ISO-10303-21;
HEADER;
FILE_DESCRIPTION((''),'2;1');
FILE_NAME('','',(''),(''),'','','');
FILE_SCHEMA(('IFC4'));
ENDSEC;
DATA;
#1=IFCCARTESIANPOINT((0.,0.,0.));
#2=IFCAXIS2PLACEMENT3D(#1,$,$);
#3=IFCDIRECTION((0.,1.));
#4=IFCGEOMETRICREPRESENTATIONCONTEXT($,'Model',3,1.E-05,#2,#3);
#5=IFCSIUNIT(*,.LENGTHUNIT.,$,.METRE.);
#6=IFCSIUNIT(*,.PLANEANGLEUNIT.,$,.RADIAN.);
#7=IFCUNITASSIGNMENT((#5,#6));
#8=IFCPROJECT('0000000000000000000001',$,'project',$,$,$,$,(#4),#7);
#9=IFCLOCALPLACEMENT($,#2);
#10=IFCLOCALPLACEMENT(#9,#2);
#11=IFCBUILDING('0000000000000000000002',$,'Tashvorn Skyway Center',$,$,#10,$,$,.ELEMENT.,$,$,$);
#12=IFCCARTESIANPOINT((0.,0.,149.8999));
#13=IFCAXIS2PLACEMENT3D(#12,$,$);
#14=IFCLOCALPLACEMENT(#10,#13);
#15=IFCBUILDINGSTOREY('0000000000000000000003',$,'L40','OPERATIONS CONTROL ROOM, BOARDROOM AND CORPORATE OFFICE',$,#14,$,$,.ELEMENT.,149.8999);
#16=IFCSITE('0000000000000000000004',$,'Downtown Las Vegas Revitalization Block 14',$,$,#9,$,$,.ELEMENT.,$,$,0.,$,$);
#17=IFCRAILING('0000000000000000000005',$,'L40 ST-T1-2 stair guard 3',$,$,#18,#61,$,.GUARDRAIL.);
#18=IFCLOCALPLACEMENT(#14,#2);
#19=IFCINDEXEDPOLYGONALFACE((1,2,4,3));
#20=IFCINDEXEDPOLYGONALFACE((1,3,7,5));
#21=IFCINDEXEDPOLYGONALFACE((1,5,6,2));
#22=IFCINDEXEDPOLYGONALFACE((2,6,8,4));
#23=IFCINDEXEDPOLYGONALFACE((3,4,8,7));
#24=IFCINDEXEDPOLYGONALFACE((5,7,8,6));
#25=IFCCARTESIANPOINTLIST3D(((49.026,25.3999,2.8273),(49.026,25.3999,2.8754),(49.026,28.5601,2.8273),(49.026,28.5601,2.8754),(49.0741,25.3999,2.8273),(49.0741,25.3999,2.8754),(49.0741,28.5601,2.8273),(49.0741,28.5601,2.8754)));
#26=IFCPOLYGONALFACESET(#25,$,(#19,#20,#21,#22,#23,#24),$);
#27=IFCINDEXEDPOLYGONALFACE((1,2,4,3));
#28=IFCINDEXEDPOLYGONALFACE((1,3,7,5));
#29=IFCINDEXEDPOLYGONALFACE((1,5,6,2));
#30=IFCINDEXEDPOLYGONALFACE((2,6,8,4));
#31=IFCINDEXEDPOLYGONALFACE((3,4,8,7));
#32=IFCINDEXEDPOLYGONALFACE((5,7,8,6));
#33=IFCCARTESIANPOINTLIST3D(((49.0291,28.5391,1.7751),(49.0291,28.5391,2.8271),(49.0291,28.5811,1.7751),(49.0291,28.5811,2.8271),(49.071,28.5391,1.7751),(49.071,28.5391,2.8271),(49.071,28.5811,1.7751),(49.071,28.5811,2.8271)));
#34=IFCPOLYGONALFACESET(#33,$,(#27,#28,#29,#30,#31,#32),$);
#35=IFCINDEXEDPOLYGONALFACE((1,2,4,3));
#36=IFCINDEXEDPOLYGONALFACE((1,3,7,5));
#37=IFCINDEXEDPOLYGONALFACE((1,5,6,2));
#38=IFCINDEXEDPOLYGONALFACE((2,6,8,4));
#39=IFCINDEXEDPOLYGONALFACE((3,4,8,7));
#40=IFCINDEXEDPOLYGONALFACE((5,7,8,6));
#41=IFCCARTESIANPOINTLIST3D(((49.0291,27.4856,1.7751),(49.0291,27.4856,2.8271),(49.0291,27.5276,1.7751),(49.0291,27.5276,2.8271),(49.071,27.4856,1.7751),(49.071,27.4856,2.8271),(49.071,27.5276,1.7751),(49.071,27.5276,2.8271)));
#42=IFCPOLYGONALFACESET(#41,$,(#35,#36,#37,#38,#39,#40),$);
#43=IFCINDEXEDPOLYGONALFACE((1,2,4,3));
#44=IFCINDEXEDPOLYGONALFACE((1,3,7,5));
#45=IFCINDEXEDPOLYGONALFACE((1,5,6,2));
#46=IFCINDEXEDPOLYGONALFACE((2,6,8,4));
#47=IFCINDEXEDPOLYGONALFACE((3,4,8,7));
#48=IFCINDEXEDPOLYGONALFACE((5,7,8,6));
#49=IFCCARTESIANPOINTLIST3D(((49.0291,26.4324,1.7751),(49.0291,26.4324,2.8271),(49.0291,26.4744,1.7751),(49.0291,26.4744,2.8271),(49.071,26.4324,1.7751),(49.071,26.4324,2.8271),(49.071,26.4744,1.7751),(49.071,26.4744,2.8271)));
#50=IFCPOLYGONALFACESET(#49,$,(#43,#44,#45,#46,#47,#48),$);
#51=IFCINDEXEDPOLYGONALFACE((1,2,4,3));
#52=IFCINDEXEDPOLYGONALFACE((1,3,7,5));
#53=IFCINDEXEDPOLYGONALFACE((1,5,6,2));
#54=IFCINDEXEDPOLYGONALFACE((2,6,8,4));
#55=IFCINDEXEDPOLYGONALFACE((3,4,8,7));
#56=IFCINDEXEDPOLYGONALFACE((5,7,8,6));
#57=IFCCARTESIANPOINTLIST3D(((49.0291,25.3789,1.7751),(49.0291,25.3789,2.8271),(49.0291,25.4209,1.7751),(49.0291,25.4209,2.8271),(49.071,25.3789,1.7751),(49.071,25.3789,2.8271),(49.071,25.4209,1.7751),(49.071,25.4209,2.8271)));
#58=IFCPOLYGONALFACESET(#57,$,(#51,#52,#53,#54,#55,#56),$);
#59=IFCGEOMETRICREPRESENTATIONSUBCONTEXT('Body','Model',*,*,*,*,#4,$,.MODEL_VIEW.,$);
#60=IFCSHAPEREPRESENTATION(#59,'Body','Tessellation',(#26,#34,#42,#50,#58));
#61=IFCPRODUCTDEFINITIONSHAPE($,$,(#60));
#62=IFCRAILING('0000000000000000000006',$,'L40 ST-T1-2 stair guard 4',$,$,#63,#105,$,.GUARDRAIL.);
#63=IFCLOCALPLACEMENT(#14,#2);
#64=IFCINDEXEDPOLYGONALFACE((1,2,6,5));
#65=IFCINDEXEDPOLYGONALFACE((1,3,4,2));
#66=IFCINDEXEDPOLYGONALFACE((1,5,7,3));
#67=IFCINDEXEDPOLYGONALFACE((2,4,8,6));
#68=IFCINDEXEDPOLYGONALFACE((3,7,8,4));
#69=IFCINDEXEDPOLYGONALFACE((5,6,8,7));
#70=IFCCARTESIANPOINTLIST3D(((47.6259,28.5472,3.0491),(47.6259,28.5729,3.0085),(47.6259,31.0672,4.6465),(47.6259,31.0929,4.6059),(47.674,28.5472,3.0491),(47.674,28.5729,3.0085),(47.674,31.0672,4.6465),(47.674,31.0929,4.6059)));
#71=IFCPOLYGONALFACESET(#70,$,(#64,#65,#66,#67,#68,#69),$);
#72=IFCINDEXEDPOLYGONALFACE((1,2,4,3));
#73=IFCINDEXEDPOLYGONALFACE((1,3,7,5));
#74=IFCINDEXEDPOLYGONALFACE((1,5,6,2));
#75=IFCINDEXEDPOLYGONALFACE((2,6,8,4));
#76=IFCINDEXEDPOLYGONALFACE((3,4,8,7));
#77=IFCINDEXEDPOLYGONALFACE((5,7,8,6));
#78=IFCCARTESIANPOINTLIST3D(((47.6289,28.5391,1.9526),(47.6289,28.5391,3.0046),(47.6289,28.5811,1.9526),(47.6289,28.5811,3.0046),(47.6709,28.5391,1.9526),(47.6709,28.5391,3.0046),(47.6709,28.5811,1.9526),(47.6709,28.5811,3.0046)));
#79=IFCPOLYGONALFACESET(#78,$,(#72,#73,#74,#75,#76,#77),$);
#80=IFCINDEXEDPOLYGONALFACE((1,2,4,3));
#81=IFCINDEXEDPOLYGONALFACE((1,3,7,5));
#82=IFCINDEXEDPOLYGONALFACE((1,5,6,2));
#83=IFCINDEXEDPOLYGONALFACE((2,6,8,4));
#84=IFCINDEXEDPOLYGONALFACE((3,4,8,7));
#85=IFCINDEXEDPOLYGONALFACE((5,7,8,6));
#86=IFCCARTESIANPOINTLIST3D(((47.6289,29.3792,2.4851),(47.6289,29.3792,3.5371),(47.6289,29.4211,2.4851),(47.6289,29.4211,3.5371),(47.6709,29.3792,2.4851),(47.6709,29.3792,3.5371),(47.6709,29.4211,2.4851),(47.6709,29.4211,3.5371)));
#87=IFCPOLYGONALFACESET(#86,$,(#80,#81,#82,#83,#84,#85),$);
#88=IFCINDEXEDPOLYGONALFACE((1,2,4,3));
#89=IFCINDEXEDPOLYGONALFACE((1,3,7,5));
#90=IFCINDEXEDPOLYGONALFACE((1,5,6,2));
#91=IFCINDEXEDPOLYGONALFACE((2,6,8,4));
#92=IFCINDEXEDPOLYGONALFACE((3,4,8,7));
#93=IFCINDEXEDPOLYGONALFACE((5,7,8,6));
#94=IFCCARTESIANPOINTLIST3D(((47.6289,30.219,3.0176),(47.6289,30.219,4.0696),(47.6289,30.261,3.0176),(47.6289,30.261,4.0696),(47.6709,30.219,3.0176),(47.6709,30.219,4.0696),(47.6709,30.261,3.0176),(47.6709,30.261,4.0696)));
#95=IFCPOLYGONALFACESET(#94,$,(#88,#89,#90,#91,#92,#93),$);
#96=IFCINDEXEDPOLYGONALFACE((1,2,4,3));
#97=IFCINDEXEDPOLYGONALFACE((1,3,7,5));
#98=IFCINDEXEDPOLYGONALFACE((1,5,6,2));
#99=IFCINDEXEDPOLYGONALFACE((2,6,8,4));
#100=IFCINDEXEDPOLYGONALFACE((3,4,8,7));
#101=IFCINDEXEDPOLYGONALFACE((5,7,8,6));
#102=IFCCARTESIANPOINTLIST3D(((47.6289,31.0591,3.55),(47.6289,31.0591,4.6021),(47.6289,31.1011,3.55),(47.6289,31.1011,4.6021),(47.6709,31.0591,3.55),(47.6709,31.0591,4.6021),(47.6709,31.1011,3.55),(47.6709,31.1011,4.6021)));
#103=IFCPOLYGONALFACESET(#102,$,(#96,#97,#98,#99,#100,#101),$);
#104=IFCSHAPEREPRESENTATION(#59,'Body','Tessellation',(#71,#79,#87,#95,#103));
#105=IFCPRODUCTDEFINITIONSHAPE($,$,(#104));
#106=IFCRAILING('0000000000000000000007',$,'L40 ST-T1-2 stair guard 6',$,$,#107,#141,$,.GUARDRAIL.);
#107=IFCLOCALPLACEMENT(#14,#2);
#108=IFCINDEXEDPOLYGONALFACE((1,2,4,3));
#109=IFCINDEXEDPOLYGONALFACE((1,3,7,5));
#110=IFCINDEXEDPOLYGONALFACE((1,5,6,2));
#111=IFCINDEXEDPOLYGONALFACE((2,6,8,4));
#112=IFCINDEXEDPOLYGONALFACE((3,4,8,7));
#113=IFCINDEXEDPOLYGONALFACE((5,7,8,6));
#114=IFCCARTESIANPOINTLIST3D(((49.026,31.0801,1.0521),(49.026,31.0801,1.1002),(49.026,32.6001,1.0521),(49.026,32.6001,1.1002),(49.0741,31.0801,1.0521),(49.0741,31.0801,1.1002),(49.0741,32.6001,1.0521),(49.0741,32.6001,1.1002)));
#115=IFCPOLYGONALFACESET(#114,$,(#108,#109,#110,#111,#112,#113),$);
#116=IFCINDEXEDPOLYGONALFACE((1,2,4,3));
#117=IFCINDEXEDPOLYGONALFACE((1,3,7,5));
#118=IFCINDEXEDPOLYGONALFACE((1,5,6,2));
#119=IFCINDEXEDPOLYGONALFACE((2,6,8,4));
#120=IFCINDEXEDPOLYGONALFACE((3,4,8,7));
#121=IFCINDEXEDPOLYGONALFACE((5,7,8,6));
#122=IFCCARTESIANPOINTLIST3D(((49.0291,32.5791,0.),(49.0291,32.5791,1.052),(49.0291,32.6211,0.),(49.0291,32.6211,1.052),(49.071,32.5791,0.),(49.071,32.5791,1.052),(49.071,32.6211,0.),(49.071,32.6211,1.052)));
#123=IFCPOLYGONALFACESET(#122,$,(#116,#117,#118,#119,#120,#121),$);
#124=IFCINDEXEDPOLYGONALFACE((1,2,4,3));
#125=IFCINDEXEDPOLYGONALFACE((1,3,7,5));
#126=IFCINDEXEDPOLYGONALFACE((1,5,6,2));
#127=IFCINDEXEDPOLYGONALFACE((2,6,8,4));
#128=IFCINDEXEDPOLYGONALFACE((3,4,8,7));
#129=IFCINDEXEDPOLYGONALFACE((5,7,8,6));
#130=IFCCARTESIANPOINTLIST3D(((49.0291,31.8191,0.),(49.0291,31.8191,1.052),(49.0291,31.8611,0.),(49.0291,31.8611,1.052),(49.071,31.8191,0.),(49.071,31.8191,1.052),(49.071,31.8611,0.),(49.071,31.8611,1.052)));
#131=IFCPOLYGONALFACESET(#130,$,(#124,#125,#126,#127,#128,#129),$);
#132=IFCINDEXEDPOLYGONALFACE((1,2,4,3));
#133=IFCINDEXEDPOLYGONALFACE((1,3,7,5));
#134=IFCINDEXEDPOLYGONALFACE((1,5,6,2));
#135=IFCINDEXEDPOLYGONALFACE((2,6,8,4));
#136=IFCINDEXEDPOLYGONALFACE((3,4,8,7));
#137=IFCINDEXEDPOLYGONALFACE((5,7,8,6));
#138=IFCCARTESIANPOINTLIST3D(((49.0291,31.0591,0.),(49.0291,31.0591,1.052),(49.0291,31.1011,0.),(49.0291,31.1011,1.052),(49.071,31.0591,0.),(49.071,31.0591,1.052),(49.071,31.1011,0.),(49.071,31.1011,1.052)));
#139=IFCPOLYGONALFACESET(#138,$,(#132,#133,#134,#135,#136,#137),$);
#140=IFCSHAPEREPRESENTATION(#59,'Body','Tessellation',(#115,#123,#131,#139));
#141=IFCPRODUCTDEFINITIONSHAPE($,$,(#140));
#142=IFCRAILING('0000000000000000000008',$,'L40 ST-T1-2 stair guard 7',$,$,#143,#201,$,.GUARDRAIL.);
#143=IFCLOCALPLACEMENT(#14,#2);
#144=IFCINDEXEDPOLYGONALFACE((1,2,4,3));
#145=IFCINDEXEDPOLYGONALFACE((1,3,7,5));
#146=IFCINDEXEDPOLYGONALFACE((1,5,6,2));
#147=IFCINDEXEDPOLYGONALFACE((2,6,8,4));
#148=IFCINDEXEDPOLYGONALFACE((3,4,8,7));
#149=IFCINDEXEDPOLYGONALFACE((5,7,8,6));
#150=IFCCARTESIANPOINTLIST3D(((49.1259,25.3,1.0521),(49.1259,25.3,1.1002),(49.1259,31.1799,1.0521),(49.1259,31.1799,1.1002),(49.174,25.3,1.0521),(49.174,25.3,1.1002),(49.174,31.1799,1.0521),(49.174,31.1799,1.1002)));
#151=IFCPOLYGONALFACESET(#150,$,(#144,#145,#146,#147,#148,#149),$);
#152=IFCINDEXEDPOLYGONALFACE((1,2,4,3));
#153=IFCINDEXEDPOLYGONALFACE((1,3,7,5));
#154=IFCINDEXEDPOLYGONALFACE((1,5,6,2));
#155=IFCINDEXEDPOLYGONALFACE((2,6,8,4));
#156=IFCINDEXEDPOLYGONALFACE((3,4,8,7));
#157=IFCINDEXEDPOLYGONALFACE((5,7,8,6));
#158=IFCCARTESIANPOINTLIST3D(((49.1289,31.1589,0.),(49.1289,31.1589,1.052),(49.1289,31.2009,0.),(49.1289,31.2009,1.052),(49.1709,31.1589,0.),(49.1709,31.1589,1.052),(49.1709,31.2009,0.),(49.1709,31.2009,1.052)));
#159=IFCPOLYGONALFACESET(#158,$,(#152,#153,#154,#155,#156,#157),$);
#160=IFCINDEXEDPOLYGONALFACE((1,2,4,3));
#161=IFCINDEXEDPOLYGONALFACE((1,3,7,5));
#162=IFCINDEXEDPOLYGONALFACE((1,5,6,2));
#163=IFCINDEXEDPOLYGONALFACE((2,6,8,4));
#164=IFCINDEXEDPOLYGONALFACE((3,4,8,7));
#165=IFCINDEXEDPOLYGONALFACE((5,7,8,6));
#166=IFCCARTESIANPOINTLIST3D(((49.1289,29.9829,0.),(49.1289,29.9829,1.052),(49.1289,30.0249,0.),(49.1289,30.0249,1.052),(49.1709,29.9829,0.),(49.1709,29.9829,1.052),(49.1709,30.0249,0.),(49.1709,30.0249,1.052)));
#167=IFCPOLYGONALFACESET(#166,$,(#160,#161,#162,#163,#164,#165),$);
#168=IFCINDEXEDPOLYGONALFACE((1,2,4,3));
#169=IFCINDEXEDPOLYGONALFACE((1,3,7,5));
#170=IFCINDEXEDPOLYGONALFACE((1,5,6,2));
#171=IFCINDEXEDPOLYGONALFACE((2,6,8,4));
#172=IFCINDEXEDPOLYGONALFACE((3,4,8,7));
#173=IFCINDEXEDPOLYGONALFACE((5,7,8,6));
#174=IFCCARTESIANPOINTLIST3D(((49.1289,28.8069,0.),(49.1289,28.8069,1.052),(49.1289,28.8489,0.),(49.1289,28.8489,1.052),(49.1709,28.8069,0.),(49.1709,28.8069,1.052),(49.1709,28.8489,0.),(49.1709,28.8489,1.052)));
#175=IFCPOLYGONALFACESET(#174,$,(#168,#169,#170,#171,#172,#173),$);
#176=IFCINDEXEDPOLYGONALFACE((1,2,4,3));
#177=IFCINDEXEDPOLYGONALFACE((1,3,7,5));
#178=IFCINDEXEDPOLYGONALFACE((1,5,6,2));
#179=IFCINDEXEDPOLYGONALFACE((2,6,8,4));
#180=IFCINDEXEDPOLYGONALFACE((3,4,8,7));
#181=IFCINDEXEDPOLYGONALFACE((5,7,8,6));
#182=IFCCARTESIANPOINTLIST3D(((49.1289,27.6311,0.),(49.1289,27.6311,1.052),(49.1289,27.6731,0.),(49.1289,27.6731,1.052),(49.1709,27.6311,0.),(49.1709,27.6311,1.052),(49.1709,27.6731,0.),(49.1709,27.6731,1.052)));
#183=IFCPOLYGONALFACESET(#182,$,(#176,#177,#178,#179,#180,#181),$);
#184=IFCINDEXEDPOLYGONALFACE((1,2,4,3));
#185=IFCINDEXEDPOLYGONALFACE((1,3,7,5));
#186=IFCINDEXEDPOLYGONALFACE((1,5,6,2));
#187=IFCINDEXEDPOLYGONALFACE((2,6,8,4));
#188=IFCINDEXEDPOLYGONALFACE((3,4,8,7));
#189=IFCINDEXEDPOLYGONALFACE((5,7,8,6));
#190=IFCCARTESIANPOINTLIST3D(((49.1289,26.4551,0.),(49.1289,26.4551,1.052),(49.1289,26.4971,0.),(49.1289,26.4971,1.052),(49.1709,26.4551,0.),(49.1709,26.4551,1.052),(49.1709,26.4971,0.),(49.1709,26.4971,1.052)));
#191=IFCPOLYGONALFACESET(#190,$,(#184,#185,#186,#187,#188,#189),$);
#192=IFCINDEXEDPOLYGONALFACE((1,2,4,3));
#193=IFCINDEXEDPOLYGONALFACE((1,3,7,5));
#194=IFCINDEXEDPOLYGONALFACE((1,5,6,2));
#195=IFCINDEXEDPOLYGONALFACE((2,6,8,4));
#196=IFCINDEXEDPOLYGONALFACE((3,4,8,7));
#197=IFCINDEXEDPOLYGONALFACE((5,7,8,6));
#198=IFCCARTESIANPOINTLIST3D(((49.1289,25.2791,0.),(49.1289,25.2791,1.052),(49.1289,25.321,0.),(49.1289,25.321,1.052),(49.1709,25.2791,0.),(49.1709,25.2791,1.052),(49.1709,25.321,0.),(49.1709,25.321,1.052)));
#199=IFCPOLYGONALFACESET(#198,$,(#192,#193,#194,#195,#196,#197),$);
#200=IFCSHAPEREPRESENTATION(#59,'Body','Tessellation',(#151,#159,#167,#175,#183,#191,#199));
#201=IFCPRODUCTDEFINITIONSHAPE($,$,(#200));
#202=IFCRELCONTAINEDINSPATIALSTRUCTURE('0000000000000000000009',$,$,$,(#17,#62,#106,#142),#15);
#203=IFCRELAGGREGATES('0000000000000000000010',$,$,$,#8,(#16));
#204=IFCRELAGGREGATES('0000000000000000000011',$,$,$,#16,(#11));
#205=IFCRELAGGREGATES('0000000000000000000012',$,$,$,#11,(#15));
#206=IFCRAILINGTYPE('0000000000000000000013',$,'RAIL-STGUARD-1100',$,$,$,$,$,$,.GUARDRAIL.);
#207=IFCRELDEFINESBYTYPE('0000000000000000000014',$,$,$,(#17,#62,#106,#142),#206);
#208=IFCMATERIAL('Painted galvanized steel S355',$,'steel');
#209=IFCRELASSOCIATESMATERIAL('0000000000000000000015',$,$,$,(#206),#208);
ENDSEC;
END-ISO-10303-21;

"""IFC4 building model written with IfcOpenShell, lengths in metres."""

from ifc_helpers import new_model, si_unit, direction, frame, origin, origin_2d, place, context, subcontext, project, spatial, rectangle, extrude, material, type_object, element, save


model = new_model("IFC4")

# Units and contexts
model_context = context("Model", 3, precision=1e-05, world=origin(), true_north=direction((0.0, 1.0)))
body_context = subcontext(model_context, "Body", "Model", "MODEL_VIEW")
ifc_project = project(units=[si_unit("LENGTHUNIT", "METRE"), si_unit("PLANEANGLEUNIT", "RADIAN")], contexts=[model_context])

# Site, building, storey
site_placement = place(None, origin())
site = spatial("IfcSite", under=ifc_project, at=site_placement, Name="Downtown Las Vegas Revitalization Block 14", CompositionType="ELEMENT", RefElevation=0.0)
building_placement = place(site_placement, origin())
building = spatial("IfcBuilding", under=site, at=building_placement, Name="Tashvorn Skyway Center", CompositionType="ELEMENT")
storey_placement = place(building_placement, frame((0.0, 0.0, 149.8999)))
storey = spatial("IfcBuildingStorey", under=building, at=storey_placement, Name="L40", Description="OPERATIONS CONTROL ROOM, BOARDROOM AND CORPORATE OFFICE", CompositionType="ELEMENT", Elevation=149.8999)

# Railings
ifc_material_1 = material(Name="Painted galvanized steel S355", Category="steel")
railing_type_1 = type_object("IfcRailingType", Name="RAIL-STGUARD-1100", PredefinedType="GUARDRAIL", material=ifc_material_1)
railing_1_placement = place(storey_placement, frame((49.05, 28.5601, 1.7751)))
element("IfcRailing", 1, at=railing_1_placement, inside=storey, type_object=railing_type_1, Name="L40 ST-T1-2 stair guard 3", PredefinedType="GUARDRAIL", context=body_context, shape_type="SweptSolid", body=[
    extrude(rectangle(XDim=0.0481, YDim=0.0481, at=origin_2d()), frame((0.0, 0.0, 1.0762), z_axis=(0.0, -1.0, 0.0), x_axis=(1.0, 0.0, 0.0)), (0.0, 0.0, 1.0), 3.1602),
    extrude(rectangle(XDim=0.042, YDim=0.042, at=origin_2d()), origin(), (0.0, 0.0, 1.0), 1.052),
    extrude(rectangle(XDim=0.042, YDim=0.042, at=origin_2d()), frame((0.0, -1.0535, 0.0)), (0.0, 0.0, 1.0), 1.052),
    extrude(rectangle(XDim=0.042, YDim=0.042, at=origin_2d()), frame((0.0, -2.1067, 0.0)), (0.0, 0.0, 1.0), 1.052),
    extrude(rectangle(XDim=0.042, YDim=0.042, at=origin_2d()), frame((0.0, -3.1602, 0.0)), (0.0, 0.0, 1.0), 1.052),
])
railing_2_placement = place(storey_placement, frame((47.6499, 28.5601, 1.9526)))
element("IfcRailing", 2, at=railing_2_placement, inside=storey, type_object=railing_type_1, Name="L40 ST-T1-2 stair guard 4", PredefinedType="GUARDRAIL", context=body_context, shape_type="SweptSolid", body=[
    extrude(rectangle(XDim=0.0481, YDim=0.0481, at=origin_2d()), frame((0.0, 0.0, 1.0762), z_axis=(0.0, 0.844607, 0.535387), x_axis=(-1.0, 0.0, 0.0)), (0.0, 0.0, 1.0), 2.9836),
    extrude(rectangle(XDim=0.042, YDim=0.042, at=origin_2d()), origin(), (0.0, 0.0, 1.0), 1.052),
    extrude(rectangle(XDim=0.042, YDim=0.042, at=origin_2d()), frame((0.0, 0.8401, 0.5325)), (0.0, 0.0, 1.0), 1.052),
    extrude(rectangle(XDim=0.042, YDim=0.042, at=origin_2d()), frame((0.0, 1.6799, 1.0649)), (0.0, 0.0, 1.0), 1.052),
    extrude(rectangle(XDim=0.042, YDim=0.042, at=origin_2d()), frame((0.0, 2.52, 1.5974)), (0.0, 0.0, 1.0), 1.052),
])
railing_3_placement = place(storey_placement, frame((49.05, 32.6001, 0.0)))
element("IfcRailing", 3, at=railing_3_placement, inside=storey, type_object=railing_type_1, Name="L40 ST-T1-2 stair guard 6", PredefinedType="GUARDRAIL", context=body_context, shape_type="SweptSolid", body=[
    extrude(rectangle(XDim=0.0481, YDim=0.0481, at=origin_2d()), frame((0.0, 0.0, 1.0762), z_axis=(0.0, -1.0, 0.0), x_axis=(1.0, 0.0, 0.0)), (0.0, 0.0, 1.0), 1.52),
    extrude(rectangle(XDim=0.042, YDim=0.042, at=origin_2d()), origin(), (0.0, 0.0, 1.0), 1.052),
    extrude(rectangle(XDim=0.042, YDim=0.042, at=origin_2d()), frame((0.0, -0.76, 0.0)), (0.0, 0.0, 1.0), 1.052),
    extrude(rectangle(XDim=0.042, YDim=0.042, at=origin_2d()), frame((0.0, -1.52, 0.0)), (0.0, 0.0, 1.0), 1.052),
])
railing_4_placement = place(storey_placement, frame((49.1499, 31.1799, 0.0)))
element("IfcRailing", 4, at=railing_4_placement, inside=storey, type_object=railing_type_1, Name="L40 ST-T1-2 stair guard 7", PredefinedType="GUARDRAIL", context=body_context, shape_type="SweptSolid", body=[
    extrude(rectangle(XDim=0.0481, YDim=0.0481, at=origin_2d()), frame((0.0, 0.0, 1.0762), z_axis=(0.0, -1.0, 0.0), x_axis=(1.0, 0.0, 0.0)), (0.0, 0.0, 1.0), 5.8799),
    extrude(rectangle(XDim=0.042, YDim=0.042, at=origin_2d()), origin(), (0.0, 0.0, 1.0), 1.052),
    extrude(rectangle(XDim=0.042, YDim=0.042, at=origin_2d()), frame((0.0, -1.176, 0.0)), (0.0, 0.0, 1.0), 1.052),
    extrude(rectangle(XDim=0.042, YDim=0.042, at=origin_2d()), frame((0.0, -2.3521, 0.0)), (0.0, 0.0, 1.0), 1.052),
    extrude(rectangle(XDim=0.042, YDim=0.042, at=origin_2d()), frame((0.0, -3.5278, 0.0)), (0.0, 0.0, 1.0), 1.052),
    extrude(rectangle(XDim=0.042, YDim=0.042, at=origin_2d()), frame((0.0, -4.7039, 0.0)), (0.0, 0.0, 1.0), 1.052),
    extrude(rectangle(XDim=0.042, YDim=0.042, at=origin_2d()), frame((0.0, -5.8799, 0.0)), (0.0, 0.0, 1.0), 1.052),
])

save(model, "model.ifc")
